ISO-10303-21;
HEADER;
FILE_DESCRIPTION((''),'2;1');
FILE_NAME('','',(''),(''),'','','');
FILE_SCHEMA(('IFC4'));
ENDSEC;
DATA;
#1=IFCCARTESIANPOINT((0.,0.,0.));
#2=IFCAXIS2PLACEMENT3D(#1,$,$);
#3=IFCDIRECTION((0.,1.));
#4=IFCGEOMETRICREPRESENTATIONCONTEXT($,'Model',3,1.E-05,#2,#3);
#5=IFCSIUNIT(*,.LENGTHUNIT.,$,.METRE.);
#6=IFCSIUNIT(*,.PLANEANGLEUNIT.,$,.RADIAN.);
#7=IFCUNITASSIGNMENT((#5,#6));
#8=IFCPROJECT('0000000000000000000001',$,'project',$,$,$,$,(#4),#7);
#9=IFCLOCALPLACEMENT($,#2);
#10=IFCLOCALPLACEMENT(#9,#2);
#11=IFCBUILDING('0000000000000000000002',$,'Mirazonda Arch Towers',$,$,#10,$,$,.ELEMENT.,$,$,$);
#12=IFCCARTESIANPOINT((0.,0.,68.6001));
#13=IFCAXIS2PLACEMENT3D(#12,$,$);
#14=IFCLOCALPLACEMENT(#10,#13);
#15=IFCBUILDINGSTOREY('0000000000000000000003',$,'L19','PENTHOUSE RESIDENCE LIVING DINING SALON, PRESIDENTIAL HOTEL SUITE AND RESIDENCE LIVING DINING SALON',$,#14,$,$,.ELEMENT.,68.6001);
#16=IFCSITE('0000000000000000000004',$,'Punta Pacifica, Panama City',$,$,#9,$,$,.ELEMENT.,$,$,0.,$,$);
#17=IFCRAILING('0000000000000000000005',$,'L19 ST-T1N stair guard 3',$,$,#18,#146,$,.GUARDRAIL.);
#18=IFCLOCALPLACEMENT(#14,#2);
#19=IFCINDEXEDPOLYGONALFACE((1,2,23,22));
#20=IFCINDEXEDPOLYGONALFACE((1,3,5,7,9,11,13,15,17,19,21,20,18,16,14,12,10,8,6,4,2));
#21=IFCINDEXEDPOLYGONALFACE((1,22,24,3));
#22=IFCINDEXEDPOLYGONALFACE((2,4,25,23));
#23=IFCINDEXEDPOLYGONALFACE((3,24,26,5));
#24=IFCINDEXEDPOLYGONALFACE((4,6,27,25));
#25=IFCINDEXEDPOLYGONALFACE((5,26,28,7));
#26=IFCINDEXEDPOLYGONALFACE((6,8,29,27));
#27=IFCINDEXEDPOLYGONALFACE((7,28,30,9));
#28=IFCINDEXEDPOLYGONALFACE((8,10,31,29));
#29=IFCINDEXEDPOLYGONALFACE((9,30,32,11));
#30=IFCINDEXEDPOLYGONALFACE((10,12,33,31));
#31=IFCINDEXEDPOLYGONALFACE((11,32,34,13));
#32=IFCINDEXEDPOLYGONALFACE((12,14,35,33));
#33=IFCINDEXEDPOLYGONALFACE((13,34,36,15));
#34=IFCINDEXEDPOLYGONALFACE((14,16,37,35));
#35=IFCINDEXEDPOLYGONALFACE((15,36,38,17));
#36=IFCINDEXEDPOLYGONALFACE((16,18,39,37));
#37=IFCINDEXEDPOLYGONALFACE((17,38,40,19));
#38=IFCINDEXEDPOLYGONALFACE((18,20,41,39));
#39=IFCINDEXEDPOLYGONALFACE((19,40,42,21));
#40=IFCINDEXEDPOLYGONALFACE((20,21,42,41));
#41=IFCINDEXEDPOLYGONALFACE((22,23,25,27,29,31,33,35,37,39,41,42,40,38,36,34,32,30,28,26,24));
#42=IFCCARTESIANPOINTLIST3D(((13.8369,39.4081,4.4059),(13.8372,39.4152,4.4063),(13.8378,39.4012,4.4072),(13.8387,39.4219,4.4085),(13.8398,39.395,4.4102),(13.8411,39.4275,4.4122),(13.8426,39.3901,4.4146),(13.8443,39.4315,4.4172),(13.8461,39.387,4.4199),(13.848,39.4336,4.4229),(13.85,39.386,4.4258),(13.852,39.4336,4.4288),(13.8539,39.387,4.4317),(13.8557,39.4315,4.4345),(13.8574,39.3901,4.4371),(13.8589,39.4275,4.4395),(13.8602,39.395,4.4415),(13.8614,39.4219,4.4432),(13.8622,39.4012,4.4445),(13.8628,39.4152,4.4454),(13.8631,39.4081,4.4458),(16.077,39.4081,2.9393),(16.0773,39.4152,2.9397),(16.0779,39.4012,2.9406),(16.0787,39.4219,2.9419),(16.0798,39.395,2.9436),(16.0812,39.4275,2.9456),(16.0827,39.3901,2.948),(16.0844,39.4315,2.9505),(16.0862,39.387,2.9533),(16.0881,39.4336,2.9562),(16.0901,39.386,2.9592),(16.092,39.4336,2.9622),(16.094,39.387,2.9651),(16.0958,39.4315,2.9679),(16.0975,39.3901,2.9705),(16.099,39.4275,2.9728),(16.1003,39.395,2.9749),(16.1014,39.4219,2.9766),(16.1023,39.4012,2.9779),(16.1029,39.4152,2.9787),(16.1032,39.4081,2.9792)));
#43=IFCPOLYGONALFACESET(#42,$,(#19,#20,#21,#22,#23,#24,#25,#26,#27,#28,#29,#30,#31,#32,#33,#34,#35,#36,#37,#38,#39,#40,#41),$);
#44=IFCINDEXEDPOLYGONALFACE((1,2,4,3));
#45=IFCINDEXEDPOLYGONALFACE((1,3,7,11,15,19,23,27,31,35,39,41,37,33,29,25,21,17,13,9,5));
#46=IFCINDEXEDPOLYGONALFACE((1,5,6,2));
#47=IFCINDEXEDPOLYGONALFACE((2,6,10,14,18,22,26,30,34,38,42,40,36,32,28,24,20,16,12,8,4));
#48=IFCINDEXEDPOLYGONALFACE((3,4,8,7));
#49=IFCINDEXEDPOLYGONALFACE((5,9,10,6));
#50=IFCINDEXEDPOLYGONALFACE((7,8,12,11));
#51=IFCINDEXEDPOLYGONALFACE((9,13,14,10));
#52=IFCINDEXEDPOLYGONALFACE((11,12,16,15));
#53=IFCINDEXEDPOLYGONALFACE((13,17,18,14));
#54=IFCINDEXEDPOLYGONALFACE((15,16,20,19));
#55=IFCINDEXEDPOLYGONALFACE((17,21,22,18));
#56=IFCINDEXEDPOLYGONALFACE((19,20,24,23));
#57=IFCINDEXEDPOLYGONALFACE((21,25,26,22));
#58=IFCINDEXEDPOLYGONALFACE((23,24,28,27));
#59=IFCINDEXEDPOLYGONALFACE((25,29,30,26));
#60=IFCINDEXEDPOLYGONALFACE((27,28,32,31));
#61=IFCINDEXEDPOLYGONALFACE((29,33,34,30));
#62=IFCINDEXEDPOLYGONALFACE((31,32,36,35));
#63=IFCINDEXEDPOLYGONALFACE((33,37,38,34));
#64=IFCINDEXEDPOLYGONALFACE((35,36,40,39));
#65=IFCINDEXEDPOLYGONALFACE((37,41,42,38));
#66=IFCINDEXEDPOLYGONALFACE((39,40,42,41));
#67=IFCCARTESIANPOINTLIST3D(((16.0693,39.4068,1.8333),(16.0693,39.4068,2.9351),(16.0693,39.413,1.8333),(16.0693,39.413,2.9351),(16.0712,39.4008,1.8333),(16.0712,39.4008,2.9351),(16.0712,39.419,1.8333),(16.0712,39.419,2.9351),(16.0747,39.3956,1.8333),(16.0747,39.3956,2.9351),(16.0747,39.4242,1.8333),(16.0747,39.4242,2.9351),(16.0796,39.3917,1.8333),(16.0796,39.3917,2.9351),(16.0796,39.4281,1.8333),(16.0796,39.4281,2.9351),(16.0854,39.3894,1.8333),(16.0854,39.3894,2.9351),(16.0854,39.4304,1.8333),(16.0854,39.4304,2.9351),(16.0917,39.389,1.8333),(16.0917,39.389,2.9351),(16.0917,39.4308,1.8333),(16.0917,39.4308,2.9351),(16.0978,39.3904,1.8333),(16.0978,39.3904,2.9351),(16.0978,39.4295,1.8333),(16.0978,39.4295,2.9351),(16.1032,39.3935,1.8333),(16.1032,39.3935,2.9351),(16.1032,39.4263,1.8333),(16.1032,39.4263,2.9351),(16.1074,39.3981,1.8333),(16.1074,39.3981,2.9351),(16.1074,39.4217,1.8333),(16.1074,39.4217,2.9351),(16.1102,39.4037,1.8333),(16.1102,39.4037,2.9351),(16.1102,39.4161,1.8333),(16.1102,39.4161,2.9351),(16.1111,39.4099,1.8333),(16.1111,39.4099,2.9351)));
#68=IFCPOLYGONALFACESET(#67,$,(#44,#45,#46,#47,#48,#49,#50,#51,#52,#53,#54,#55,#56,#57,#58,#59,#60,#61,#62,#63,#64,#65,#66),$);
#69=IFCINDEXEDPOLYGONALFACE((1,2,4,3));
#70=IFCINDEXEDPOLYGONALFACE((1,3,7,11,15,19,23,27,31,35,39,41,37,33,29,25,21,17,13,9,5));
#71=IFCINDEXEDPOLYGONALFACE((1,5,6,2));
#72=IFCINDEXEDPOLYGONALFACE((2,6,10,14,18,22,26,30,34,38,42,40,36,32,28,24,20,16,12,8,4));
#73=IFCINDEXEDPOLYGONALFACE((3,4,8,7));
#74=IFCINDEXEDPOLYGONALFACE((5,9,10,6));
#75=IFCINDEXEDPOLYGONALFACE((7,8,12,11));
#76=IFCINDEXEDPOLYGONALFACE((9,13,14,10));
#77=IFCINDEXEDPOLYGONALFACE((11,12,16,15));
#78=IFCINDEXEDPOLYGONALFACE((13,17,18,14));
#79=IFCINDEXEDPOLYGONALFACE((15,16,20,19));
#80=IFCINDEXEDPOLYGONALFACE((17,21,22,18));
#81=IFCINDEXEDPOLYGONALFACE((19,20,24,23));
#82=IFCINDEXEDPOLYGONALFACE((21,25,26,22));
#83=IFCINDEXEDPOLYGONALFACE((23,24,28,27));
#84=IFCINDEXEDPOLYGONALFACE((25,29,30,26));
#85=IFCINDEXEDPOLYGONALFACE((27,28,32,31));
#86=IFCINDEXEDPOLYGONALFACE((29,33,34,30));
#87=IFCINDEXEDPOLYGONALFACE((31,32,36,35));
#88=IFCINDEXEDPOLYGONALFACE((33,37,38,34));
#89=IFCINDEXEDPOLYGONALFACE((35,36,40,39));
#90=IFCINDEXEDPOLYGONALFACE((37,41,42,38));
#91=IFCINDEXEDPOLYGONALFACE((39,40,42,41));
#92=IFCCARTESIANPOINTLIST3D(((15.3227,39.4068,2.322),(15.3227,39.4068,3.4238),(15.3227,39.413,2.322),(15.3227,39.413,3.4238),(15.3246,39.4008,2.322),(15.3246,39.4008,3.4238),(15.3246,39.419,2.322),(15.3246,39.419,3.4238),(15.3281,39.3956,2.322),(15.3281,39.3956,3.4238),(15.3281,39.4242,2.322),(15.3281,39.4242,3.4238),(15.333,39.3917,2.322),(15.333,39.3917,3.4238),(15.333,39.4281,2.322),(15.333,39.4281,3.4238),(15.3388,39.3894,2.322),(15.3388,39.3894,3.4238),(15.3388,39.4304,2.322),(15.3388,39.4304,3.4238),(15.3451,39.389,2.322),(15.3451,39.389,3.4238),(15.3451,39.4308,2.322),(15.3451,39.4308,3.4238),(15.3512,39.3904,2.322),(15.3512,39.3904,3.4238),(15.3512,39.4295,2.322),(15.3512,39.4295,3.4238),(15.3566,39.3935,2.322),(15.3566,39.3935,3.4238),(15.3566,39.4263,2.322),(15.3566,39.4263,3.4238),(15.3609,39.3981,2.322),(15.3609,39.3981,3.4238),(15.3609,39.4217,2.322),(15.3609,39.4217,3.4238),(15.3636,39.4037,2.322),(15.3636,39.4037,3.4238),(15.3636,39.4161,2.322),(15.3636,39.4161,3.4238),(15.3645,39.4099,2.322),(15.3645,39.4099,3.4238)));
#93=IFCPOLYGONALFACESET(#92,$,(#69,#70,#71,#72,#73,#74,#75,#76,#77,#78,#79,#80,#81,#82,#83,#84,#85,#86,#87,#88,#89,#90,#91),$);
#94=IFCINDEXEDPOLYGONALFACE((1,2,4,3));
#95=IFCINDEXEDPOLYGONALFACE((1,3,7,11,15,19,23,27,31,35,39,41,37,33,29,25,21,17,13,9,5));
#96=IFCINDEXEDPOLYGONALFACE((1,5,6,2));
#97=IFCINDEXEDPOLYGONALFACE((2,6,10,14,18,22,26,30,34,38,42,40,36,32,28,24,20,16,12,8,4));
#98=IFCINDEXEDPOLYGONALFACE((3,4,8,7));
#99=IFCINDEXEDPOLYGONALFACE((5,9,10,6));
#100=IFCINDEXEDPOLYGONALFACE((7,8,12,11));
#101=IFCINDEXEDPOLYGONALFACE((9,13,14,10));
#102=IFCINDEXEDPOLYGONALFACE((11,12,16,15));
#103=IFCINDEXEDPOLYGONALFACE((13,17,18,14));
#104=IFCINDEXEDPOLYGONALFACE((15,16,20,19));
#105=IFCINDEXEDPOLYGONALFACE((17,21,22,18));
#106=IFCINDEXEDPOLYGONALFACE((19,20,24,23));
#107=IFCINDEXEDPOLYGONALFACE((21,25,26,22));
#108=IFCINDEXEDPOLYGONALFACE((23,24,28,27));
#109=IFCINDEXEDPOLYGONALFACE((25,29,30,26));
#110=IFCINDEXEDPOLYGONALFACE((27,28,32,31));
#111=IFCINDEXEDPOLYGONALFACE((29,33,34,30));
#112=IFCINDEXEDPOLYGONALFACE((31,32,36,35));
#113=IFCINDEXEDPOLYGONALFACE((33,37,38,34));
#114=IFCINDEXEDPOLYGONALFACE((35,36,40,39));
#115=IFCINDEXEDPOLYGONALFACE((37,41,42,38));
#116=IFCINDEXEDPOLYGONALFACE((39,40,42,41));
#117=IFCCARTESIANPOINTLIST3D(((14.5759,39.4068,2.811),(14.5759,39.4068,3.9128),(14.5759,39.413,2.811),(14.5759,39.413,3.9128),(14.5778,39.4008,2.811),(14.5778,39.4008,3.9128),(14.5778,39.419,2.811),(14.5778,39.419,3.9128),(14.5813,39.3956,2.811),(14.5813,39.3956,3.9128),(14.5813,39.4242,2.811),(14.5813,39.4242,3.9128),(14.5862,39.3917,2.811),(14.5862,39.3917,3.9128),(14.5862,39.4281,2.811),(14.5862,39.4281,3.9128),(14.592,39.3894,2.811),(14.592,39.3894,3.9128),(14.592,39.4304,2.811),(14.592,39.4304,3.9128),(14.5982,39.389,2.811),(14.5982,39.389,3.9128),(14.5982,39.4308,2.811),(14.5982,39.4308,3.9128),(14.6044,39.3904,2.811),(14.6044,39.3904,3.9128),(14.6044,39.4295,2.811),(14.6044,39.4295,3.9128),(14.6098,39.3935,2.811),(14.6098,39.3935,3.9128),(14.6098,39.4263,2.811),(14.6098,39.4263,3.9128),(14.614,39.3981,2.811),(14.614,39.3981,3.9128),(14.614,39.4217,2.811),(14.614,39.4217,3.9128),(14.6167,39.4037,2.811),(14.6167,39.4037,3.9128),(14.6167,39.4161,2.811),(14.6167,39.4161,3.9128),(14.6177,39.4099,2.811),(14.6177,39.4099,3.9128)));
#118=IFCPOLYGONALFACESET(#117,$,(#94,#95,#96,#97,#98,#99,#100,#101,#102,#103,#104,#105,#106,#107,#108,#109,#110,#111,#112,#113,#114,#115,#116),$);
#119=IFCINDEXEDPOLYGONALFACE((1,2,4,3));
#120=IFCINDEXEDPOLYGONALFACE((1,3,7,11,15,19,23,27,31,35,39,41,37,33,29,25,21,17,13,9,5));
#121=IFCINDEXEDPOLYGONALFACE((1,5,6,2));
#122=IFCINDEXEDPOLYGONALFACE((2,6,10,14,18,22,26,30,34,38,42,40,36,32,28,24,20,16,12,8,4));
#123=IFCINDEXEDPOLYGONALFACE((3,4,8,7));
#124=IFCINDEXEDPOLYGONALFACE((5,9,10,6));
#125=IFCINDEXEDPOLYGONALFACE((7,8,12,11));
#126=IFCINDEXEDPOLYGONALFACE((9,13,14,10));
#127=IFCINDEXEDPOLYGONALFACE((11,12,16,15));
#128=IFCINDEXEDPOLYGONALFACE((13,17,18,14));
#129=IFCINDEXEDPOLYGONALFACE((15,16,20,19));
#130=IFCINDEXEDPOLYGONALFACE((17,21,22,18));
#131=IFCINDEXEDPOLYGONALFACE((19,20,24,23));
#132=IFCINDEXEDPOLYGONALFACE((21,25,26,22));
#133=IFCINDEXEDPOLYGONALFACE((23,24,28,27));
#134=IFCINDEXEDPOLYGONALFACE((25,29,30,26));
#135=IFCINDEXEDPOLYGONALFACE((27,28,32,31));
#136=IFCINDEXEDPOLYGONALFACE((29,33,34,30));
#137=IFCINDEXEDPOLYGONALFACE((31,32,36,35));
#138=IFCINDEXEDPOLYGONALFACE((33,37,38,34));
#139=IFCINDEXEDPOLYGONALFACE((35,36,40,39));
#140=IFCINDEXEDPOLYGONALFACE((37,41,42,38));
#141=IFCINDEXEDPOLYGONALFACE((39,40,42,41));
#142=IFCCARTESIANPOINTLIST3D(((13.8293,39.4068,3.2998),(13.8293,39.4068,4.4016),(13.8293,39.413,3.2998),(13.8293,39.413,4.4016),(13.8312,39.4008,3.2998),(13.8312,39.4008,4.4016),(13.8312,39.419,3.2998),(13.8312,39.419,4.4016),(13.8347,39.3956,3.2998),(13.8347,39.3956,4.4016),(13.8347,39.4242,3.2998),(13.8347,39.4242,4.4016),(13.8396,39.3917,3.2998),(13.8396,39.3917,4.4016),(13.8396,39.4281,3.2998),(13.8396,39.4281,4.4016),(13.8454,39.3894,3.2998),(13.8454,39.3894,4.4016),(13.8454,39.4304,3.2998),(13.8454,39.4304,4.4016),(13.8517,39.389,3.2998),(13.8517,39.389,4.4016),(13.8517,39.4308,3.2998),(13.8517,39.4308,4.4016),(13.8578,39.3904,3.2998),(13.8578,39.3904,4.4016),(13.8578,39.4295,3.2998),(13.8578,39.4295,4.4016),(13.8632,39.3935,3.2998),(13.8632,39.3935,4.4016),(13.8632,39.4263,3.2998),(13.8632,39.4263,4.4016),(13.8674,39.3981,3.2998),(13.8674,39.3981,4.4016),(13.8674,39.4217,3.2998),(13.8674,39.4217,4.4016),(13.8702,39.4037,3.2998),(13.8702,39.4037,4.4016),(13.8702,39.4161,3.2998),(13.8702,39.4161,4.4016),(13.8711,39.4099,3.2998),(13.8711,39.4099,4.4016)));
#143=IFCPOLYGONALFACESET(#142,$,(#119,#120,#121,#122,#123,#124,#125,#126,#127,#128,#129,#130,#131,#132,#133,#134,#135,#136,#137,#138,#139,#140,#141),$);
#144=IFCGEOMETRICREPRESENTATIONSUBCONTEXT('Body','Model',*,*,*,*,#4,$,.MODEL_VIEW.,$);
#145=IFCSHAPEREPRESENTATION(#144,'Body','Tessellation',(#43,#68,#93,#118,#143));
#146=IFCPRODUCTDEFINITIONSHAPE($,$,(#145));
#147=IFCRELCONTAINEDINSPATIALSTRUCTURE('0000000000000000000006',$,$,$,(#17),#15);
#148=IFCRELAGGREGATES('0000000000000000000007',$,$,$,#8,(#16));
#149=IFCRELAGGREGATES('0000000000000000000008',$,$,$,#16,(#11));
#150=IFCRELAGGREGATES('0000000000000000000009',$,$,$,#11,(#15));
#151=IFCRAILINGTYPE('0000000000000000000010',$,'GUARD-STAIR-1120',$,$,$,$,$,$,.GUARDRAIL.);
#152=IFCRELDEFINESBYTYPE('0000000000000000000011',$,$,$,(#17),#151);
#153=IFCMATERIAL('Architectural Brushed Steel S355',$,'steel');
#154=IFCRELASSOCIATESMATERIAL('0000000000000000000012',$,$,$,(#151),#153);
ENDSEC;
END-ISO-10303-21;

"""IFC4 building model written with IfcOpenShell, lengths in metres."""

from ifc_helpers import new_model, si_unit, direction, frame, origin, origin_2d, place, context, subcontext, project, spatial, circle, extrude, material, type_object, element, save


model = new_model("IFC4")

# Units and contexts
model_context = context("Model", 3, precision=1e-05, world=origin(), true_north=direction((0.0, 1.0)))
body_context = subcontext(model_context, "Body", "Model", "MODEL_VIEW")
ifc_project = project(units=[si_unit("LENGTHUNIT", "METRE"), si_unit("PLANEANGLEUNIT", "RADIAN")], contexts=[model_context])

# Site, building, storey
site_placement = place(None, origin())
site = spatial("IfcSite", under=ifc_project, at=site_placement, Name="Punta Pacifica, Panama City", CompositionType="ELEMENT", RefElevation=0.0)
building_placement = place(site_placement, origin())
building = spatial("IfcBuilding", under=site, at=building_placement, Name="Mirazonda Arch Towers", CompositionType="ELEMENT")
storey_placement = place(building_placement, frame((0.0, 0.0, 68.6001)))
storey = spatial("IfcBuildingStorey", under=building, at=storey_placement, Name="L19", Description="PENTHOUSE RESIDENCE LIVING DINING SALON, PRESIDENTIAL HOTEL SUITE AND RESIDENCE LIVING DINING SALON", CompositionType="ELEMENT", Elevation=68.6001)

# Shared definitions
ifc_material_1 = material(Name="Architectural Brushed Steel S355", Category="steel")

# Railing
railing_type = type_object("IfcRailingType", Name="GUARD-STAIR-1120", PredefinedType="GUARDRAIL", material=ifc_material_1)
railing_1_placement = place(storey_placement, frame((16.0901, 39.4099, 1.8333)))
element("IfcRailing", 1, at=railing_1_placement, inside=storey, type_object=railing_type, Name="L19 ST-T1N stair guard 3", PredefinedType="GUARDRAIL", context=body_context, shape_type="SweptSolid", body=[
    extrude(circle(Radius=0.0239, at=origin_2d()), frame((0.0, 0.0, 1.126), z_axis=(-0.836637, 0.0, 0.547758), x_axis=(0.0, -1.0, 0.0)), (0.0, 0.0, 1.0), 2.6775),
    extrude(circle(Radius=0.021, at=origin_2d()), origin(), (0.0, 0.0, 1.0), 1.1018),
    extrude(circle(Radius=0.021, at=origin_2d()), frame((-0.7466, 0.0, 0.4888)), (0.0, 0.0, 1.0), 1.1018),
    extrude(circle(Radius=0.021, at=origin_2d()), frame((-1.4934, 0.0, 0.9778)), (0.0, 0.0, 1.0), 1.1018),
    extrude(circle(Radius=0.021, at=origin_2d()), frame((-2.24, 0.0, 1.4666)), (0.0, 0.0, 1.0), 1.1018),
])

save(model, "model.ifc")
